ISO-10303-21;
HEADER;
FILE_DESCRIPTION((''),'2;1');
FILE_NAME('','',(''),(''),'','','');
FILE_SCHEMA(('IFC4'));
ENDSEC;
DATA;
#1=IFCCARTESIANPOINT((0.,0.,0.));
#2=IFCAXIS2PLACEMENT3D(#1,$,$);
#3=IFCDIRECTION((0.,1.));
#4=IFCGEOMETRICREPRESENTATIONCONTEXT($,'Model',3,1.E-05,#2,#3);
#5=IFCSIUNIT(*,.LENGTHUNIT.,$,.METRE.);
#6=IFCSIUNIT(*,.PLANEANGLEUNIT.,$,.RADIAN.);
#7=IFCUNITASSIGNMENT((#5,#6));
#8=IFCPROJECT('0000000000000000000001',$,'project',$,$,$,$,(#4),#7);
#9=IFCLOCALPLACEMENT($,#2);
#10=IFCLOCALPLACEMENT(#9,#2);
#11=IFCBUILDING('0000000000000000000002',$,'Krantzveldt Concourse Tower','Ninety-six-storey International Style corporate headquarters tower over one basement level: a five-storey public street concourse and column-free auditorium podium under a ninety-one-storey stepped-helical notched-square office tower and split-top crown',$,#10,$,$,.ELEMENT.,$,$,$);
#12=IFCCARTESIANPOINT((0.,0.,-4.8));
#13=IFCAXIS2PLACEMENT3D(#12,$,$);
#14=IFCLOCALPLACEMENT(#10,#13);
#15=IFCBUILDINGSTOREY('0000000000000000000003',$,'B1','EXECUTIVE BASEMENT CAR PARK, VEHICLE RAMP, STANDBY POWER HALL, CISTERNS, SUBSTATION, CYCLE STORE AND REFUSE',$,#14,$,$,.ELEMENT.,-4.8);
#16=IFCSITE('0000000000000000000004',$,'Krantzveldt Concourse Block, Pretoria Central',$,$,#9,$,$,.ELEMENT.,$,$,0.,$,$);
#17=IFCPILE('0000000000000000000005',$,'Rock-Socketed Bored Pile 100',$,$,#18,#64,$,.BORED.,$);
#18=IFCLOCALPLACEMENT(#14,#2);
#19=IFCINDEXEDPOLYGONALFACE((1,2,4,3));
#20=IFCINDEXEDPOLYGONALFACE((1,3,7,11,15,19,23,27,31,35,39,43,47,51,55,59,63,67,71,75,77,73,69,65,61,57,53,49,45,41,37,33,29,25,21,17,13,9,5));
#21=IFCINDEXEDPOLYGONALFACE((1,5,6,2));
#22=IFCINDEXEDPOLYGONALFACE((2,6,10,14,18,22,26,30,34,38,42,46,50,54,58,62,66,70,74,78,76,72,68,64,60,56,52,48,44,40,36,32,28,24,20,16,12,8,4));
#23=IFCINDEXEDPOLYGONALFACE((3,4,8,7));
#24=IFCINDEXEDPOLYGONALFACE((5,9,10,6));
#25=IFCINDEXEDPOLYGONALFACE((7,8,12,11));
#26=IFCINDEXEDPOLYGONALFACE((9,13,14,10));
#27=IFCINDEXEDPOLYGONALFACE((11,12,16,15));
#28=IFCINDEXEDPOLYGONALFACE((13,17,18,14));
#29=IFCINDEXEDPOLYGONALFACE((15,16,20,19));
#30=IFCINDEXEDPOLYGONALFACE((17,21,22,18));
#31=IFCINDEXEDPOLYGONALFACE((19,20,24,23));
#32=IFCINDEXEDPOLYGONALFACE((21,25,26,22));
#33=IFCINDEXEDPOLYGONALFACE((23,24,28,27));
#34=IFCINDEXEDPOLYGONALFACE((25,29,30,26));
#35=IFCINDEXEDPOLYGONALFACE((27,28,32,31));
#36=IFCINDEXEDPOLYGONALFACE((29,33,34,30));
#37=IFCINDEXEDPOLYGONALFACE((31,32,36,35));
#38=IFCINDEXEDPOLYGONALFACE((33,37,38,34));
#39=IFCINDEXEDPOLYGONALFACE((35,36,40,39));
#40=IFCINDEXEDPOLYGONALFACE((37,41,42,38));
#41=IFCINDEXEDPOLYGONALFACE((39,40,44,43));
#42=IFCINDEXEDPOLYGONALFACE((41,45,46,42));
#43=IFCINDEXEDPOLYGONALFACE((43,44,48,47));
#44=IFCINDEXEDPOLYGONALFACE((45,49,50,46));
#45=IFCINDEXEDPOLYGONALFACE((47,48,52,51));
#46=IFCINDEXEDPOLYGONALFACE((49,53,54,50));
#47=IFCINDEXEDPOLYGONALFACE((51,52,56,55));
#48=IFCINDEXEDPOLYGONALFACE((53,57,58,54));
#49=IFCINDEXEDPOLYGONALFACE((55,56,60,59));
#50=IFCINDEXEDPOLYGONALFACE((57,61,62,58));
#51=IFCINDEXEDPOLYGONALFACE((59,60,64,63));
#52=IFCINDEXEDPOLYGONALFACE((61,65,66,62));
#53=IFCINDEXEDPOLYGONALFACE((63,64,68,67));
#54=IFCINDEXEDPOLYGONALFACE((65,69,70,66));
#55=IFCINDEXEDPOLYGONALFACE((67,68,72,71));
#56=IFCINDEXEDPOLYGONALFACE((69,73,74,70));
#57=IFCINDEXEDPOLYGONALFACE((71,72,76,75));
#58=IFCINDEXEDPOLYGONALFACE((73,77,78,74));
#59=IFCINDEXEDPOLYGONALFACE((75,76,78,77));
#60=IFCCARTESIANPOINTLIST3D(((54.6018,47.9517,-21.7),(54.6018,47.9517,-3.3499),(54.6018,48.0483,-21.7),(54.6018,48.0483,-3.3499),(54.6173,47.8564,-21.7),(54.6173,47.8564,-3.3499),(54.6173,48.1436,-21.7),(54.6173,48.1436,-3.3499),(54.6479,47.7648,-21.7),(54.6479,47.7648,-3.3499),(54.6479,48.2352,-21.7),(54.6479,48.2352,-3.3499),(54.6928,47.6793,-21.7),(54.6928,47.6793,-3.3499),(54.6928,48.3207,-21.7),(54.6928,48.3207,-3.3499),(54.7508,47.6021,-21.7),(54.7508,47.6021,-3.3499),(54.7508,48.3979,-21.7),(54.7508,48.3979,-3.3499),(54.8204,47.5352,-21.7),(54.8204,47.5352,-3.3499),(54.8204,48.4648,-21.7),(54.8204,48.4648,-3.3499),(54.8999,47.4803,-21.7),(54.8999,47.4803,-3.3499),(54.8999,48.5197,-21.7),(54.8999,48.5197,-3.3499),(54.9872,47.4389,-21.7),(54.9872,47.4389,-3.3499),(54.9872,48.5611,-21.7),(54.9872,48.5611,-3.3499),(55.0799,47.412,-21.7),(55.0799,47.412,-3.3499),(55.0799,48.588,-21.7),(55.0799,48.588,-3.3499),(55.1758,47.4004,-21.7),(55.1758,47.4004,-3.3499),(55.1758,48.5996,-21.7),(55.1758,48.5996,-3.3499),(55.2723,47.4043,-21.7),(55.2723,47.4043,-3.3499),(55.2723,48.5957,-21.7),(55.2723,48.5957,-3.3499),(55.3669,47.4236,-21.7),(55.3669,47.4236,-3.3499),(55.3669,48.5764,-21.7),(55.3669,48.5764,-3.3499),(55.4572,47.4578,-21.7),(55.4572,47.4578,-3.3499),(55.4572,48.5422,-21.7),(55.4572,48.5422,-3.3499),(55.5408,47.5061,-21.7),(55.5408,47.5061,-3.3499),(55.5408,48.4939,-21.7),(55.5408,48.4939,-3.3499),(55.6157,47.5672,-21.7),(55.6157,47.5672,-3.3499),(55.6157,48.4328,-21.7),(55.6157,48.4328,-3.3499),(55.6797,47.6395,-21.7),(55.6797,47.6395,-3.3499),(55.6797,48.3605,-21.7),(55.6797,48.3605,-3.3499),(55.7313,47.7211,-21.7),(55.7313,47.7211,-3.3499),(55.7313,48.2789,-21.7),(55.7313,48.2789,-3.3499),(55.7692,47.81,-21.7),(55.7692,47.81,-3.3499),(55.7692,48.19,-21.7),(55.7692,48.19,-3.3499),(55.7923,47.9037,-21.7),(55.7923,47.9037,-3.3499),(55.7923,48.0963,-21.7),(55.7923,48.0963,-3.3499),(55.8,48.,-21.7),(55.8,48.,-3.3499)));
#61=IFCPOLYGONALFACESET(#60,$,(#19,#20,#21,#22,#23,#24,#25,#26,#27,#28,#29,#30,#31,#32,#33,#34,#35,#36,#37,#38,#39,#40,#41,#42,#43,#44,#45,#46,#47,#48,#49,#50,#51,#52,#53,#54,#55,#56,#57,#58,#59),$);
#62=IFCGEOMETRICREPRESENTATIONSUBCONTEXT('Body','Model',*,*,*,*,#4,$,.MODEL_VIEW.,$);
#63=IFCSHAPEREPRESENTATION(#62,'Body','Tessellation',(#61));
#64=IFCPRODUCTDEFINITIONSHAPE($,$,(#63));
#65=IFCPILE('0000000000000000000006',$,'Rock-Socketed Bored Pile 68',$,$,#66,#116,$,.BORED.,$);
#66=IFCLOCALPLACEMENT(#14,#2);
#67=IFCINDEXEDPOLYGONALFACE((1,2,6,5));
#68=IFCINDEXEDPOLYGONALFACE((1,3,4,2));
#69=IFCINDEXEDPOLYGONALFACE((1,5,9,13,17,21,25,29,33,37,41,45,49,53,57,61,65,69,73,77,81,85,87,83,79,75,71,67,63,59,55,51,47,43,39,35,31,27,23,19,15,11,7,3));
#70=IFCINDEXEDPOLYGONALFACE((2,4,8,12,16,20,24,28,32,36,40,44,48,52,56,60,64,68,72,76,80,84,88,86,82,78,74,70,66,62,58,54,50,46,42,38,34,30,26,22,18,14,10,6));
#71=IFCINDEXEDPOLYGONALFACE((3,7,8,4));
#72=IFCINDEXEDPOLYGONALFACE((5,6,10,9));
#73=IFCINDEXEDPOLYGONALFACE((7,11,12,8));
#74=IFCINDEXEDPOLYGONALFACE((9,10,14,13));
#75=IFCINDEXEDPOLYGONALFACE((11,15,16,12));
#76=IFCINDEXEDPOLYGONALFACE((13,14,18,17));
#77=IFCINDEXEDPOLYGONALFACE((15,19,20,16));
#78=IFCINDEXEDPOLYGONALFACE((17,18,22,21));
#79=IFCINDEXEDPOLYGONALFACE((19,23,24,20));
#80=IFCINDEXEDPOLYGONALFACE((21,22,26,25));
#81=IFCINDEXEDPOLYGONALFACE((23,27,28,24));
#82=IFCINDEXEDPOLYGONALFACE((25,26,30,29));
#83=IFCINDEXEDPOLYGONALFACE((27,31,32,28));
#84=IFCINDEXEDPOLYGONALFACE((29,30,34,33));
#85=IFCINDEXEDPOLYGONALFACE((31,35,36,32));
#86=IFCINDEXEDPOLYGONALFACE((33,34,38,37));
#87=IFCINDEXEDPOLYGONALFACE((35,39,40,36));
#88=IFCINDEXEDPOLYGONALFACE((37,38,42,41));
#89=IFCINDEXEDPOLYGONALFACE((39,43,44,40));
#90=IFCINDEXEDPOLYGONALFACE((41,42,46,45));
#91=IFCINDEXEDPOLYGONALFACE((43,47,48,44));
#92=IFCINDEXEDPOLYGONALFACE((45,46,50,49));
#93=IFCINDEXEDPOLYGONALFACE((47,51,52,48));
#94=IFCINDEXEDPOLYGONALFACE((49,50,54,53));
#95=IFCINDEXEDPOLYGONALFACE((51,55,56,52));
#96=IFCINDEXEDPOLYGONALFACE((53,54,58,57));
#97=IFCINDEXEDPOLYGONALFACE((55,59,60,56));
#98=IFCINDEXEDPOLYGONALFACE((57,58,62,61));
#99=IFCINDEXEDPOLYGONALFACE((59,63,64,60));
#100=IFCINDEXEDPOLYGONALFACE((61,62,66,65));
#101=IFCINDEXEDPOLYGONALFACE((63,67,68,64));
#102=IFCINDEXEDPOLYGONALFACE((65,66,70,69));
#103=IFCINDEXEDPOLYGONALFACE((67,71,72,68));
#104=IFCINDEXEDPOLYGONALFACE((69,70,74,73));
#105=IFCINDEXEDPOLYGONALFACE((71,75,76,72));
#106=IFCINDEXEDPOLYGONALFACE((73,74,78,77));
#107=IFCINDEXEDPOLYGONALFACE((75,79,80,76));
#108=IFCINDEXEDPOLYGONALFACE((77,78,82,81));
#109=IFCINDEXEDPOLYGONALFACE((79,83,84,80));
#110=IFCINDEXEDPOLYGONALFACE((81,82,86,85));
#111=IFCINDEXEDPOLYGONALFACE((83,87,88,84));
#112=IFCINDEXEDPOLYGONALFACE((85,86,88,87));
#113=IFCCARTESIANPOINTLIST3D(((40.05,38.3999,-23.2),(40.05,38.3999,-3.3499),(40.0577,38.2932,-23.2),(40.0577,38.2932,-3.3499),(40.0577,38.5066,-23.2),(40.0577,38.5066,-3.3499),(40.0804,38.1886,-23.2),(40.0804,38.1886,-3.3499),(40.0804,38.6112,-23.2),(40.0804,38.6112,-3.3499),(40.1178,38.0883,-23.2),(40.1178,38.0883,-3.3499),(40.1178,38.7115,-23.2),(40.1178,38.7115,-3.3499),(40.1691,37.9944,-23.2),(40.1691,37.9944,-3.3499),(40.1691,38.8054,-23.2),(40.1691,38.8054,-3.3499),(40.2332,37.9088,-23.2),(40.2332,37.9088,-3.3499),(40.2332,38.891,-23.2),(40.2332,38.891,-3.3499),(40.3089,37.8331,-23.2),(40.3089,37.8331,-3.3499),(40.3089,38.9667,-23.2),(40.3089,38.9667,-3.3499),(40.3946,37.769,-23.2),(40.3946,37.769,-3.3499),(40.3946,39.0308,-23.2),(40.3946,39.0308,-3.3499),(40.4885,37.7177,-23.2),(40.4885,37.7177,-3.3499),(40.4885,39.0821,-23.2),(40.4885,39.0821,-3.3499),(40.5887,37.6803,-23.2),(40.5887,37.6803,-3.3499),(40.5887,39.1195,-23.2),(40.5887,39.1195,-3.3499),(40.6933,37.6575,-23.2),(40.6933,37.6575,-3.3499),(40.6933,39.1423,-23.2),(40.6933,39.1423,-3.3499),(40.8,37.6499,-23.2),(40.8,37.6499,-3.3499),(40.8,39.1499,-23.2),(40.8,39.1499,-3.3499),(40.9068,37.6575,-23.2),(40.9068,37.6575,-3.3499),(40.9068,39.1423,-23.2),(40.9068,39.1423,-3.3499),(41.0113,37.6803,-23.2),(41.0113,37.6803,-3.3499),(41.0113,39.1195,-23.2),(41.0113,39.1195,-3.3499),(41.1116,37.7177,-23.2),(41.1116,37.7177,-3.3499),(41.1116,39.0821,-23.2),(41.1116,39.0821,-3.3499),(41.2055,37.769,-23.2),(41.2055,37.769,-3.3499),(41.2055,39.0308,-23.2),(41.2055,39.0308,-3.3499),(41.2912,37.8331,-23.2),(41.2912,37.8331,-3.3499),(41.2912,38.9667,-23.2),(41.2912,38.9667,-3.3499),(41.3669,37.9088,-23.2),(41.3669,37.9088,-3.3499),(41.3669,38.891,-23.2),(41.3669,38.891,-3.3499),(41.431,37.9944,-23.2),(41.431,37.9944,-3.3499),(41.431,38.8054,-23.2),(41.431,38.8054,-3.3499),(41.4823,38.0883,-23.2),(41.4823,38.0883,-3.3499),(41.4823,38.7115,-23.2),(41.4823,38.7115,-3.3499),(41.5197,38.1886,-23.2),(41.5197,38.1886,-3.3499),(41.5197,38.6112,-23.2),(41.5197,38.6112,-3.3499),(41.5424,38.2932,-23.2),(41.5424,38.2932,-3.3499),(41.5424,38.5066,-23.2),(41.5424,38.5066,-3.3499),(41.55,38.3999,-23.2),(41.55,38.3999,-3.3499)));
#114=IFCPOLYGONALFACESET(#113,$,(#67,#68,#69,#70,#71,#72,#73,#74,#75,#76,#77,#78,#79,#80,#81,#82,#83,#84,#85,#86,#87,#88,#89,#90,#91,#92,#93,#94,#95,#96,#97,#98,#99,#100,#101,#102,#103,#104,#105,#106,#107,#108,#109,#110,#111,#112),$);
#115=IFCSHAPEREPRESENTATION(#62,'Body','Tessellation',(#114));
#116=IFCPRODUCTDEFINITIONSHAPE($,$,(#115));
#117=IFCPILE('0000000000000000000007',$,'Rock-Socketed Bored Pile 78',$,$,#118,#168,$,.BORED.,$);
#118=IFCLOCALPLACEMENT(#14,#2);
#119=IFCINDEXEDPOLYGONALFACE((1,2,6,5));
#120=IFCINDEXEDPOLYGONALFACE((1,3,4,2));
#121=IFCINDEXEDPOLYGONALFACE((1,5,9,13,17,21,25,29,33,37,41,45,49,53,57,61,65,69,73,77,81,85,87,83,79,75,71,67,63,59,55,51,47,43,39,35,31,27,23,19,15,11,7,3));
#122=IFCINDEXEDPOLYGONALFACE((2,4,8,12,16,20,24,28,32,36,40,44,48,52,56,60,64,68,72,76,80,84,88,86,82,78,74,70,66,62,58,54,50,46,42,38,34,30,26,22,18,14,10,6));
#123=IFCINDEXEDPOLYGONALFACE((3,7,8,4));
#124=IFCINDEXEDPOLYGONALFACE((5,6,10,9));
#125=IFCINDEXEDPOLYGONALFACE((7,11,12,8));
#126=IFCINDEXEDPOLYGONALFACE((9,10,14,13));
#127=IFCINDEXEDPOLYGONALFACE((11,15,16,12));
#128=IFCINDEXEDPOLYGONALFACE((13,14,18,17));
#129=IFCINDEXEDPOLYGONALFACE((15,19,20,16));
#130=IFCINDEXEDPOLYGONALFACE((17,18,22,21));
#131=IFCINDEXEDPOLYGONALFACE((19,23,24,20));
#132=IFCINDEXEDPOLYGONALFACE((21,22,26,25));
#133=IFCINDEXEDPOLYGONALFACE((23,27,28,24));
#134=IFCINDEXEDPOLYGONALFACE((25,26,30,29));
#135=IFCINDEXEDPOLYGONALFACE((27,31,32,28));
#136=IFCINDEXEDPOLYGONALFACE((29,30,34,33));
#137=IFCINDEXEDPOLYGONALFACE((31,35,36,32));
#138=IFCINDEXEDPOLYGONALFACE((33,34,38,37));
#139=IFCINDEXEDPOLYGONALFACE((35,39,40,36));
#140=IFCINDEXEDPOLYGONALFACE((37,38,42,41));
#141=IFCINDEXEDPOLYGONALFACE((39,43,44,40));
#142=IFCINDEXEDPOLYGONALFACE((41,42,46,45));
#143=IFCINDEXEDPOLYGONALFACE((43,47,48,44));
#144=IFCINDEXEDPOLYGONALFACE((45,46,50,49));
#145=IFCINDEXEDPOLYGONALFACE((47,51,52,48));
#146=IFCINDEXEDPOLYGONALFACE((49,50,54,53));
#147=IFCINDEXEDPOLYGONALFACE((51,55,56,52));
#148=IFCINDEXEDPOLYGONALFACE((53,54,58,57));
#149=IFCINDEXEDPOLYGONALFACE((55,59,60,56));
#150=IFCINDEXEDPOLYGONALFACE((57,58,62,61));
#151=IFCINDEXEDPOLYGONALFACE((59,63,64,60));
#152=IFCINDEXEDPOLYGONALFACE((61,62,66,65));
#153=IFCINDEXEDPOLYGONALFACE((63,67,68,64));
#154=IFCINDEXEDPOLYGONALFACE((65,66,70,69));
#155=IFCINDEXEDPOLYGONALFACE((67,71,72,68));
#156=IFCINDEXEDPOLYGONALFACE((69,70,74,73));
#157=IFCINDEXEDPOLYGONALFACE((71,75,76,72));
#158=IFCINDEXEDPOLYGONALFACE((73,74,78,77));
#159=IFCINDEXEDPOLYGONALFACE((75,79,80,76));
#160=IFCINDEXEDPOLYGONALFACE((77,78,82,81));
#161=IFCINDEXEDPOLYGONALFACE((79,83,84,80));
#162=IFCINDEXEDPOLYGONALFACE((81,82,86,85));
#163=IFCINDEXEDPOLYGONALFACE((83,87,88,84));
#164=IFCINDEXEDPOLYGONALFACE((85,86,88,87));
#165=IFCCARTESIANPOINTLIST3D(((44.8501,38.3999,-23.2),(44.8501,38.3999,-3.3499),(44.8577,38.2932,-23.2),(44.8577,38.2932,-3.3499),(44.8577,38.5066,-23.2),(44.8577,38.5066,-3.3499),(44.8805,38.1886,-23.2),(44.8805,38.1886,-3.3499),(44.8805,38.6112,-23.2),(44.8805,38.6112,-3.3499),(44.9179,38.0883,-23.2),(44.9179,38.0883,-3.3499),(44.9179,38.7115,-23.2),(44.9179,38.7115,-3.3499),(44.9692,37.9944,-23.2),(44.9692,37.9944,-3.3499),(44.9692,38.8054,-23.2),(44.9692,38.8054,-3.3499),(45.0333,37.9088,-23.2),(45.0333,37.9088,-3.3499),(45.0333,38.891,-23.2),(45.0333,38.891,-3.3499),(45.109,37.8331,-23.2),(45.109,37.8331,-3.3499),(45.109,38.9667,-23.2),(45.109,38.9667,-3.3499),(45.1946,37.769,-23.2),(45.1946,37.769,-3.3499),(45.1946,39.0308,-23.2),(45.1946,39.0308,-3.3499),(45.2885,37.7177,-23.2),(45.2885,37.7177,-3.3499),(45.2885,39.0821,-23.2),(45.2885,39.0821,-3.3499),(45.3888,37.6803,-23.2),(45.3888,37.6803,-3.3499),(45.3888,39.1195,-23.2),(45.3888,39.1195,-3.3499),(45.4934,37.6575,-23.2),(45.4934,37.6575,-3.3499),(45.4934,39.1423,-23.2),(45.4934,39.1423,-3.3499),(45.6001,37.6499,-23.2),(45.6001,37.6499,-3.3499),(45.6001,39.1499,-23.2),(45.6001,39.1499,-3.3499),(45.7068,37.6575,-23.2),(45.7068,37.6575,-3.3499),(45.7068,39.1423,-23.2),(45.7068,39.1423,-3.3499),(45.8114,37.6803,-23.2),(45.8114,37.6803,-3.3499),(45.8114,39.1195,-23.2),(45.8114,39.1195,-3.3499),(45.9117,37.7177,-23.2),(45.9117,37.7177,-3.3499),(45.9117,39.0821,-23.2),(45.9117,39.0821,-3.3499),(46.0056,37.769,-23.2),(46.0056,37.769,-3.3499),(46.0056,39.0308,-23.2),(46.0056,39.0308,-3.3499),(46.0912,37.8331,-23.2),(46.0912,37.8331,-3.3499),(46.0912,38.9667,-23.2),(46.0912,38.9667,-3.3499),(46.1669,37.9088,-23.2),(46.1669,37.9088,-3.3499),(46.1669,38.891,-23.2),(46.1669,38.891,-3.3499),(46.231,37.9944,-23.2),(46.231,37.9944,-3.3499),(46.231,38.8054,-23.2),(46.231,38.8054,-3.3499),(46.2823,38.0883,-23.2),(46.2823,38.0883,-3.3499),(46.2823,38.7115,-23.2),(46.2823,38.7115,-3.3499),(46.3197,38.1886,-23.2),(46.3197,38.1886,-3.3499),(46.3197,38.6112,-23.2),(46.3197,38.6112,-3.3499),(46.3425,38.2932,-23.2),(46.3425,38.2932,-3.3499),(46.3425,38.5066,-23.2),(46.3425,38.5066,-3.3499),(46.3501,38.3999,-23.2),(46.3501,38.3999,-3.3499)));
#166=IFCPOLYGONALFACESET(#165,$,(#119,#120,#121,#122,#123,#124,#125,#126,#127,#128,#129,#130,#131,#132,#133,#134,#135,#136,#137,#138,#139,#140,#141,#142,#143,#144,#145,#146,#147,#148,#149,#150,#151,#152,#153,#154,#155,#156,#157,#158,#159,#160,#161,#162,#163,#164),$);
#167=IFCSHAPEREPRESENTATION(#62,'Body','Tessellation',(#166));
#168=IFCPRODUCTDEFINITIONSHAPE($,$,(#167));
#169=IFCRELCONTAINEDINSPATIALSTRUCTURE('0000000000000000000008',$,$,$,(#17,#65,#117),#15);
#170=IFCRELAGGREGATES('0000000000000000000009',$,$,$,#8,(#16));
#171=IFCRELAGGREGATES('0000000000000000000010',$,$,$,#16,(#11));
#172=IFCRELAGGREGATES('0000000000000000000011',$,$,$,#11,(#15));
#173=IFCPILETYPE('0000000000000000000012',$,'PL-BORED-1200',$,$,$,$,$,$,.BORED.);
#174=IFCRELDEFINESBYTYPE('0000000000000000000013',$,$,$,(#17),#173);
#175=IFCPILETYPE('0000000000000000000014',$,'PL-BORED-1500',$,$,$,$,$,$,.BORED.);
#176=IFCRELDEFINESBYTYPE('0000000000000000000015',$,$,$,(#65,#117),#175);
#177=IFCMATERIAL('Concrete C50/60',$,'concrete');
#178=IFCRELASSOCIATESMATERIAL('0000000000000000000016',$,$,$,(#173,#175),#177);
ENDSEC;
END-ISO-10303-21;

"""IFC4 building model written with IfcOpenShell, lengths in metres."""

from ifc_helpers import new_model, si_unit, direction, frame, origin, origin_2d, place, context, subcontext, project, spatial, circle, extrude, source, transform, mapped, material, material_profile, profile_set, type_object, type_shapes, element, save


model = new_model("IFC4")

# Units and contexts
model_context = context("Model", 3, precision=1e-05, world=origin(), true_north=direction((0.0, 1.0)))
body_context = subcontext(model_context, "Body", "Model", "MODEL_VIEW")
ifc_project = project(units=[si_unit("LENGTHUNIT", "METRE"), si_unit("PLANEANGLEUNIT", "RADIAN")], contexts=[model_context])

# Site, building, storey
site_placement = place(None, origin())
site = spatial("IfcSite", under=ifc_project, at=site_placement, Name="Krantzveldt Concourse Block, Pretoria Central", CompositionType="ELEMENT", RefElevation=0.0)
building_placement = place(site_placement, origin())
building = spatial("IfcBuilding", under=site, at=building_placement, Name="Krantzveldt Concourse Tower", Description="Ninety-six-storey International Style corporate headquarters tower over one basement level: a five-storey public street concourse and column-free auditorium podium under a ninety-one-storey stepped-helical notched-square office tower and split-top crown", CompositionType="ELEMENT")
storey_placement = place(building_placement, frame((0.0, 0.0, -4.8)))
storey = spatial("IfcBuildingStorey", under=building, at=storey_placement, Name="B1", Description="EXECUTIVE BASEMENT CAR PARK, VEHICLE RAMP, STANDBY POWER HALL, CISTERNS, SUBSTATION, CYCLE STORE AND REFUSE", CompositionType="ELEMENT", Elevation=-4.8)

# Piles
ifc_material_1 = material(Name="Concrete C50/60", Category="concrete")
ifc_material_profile_1 = material_profile(ifc_material_1, circle(Radius=0.6001, at=origin_2d()), Name="Concrete C50/60", Category="concrete")
ifc_profile_set_1 = profile_set([ifc_material_profile_1], Name="Concrete C50/60 - PILE D1200")
pile_type_1 = type_object("IfcPileType", Name="PL-BORED-1200", PredefinedType="BORED", material=ifc_profile_set_1)
shared_shape_1 = source(origin(), body_context, "Body", "SweptSolid", [
    extrude(circle(Radius=0.6001, at=origin_2d()), origin(), (0.0, 0.0, 1.0), 18.3501),
])
type_shapes(pile_type_1, [shared_shape_1])
for number, where, z_axis, x_axis, name in (
    (1, (55.2, 48.0, -3.3499), (0.0, 0.0, -1.0), (1.0, 0.0, 0.0), "Rock-Socketed Bored Pile 100"),
):
    element("IfcPile", number, at=place(storey_placement, frame(where, z_axis=z_axis, x_axis=x_axis)), inside=storey, type_object=pile_type_1, Name=name, PredefinedType="BORED", context=body_context, shape_type="MappedRepresentation", body=[
        mapped(shared_shape_1, transform((0.0, 0.0, 0.0), x_axis=(1.0, 0.0, 0.0), y_axis=(0.0, 1.0, 0.0), z_axis=(0.0, 0.0, 1.0), scale=1.0)),
    ])
ifc_material_profile_2 = material_profile(ifc_material_1, circle(Radius=0.75, at=origin_2d()), Name="Concrete C50/60", Category="concrete")
ifc_profile_set_2 = profile_set([ifc_material_profile_2], Name="Concrete C50/60 - PILE D1500")
pile_type_2 = type_object("IfcPileType", Name="PL-BORED-1500", PredefinedType="BORED", material=ifc_profile_set_2)
shared_shape_2 = source(origin(), body_context, "Body", "SweptSolid", [
    extrude(circle(Radius=0.75, at=origin_2d()), origin(), (0.0, 0.0, 1.0), 19.8501),
])
type_shapes(pile_type_2, [shared_shape_2])
for number, where, z_axis, x_axis, name in (
    (2, (40.8, 38.3999, -3.3499), (0.0, 0.0, -1.0), (1.0, 0.0, 0.0), "Rock-Socketed Bored Pile 68"),
    (3, (45.6001, 38.3999, -3.3499), (0.0, 0.0, -1.0), (1.0, 0.0, 0.0), "Rock-Socketed Bored Pile 78"),
):
    element("IfcPile", number, at=place(storey_placement, frame(where, z_axis=z_axis, x_axis=x_axis)), inside=storey, type_object=pile_type_2, Name=name, PredefinedType="BORED", context=body_context, shape_type="MappedRepresentation", body=[
        mapped(shared_shape_2, transform((0.0, 0.0, 0.0), x_axis=(1.0, 0.0, 0.0), y_axis=(0.0, 1.0, 0.0), z_axis=(0.0, 0.0, 1.0), scale=1.0)),
    ])

save(model, "model.ifc")
